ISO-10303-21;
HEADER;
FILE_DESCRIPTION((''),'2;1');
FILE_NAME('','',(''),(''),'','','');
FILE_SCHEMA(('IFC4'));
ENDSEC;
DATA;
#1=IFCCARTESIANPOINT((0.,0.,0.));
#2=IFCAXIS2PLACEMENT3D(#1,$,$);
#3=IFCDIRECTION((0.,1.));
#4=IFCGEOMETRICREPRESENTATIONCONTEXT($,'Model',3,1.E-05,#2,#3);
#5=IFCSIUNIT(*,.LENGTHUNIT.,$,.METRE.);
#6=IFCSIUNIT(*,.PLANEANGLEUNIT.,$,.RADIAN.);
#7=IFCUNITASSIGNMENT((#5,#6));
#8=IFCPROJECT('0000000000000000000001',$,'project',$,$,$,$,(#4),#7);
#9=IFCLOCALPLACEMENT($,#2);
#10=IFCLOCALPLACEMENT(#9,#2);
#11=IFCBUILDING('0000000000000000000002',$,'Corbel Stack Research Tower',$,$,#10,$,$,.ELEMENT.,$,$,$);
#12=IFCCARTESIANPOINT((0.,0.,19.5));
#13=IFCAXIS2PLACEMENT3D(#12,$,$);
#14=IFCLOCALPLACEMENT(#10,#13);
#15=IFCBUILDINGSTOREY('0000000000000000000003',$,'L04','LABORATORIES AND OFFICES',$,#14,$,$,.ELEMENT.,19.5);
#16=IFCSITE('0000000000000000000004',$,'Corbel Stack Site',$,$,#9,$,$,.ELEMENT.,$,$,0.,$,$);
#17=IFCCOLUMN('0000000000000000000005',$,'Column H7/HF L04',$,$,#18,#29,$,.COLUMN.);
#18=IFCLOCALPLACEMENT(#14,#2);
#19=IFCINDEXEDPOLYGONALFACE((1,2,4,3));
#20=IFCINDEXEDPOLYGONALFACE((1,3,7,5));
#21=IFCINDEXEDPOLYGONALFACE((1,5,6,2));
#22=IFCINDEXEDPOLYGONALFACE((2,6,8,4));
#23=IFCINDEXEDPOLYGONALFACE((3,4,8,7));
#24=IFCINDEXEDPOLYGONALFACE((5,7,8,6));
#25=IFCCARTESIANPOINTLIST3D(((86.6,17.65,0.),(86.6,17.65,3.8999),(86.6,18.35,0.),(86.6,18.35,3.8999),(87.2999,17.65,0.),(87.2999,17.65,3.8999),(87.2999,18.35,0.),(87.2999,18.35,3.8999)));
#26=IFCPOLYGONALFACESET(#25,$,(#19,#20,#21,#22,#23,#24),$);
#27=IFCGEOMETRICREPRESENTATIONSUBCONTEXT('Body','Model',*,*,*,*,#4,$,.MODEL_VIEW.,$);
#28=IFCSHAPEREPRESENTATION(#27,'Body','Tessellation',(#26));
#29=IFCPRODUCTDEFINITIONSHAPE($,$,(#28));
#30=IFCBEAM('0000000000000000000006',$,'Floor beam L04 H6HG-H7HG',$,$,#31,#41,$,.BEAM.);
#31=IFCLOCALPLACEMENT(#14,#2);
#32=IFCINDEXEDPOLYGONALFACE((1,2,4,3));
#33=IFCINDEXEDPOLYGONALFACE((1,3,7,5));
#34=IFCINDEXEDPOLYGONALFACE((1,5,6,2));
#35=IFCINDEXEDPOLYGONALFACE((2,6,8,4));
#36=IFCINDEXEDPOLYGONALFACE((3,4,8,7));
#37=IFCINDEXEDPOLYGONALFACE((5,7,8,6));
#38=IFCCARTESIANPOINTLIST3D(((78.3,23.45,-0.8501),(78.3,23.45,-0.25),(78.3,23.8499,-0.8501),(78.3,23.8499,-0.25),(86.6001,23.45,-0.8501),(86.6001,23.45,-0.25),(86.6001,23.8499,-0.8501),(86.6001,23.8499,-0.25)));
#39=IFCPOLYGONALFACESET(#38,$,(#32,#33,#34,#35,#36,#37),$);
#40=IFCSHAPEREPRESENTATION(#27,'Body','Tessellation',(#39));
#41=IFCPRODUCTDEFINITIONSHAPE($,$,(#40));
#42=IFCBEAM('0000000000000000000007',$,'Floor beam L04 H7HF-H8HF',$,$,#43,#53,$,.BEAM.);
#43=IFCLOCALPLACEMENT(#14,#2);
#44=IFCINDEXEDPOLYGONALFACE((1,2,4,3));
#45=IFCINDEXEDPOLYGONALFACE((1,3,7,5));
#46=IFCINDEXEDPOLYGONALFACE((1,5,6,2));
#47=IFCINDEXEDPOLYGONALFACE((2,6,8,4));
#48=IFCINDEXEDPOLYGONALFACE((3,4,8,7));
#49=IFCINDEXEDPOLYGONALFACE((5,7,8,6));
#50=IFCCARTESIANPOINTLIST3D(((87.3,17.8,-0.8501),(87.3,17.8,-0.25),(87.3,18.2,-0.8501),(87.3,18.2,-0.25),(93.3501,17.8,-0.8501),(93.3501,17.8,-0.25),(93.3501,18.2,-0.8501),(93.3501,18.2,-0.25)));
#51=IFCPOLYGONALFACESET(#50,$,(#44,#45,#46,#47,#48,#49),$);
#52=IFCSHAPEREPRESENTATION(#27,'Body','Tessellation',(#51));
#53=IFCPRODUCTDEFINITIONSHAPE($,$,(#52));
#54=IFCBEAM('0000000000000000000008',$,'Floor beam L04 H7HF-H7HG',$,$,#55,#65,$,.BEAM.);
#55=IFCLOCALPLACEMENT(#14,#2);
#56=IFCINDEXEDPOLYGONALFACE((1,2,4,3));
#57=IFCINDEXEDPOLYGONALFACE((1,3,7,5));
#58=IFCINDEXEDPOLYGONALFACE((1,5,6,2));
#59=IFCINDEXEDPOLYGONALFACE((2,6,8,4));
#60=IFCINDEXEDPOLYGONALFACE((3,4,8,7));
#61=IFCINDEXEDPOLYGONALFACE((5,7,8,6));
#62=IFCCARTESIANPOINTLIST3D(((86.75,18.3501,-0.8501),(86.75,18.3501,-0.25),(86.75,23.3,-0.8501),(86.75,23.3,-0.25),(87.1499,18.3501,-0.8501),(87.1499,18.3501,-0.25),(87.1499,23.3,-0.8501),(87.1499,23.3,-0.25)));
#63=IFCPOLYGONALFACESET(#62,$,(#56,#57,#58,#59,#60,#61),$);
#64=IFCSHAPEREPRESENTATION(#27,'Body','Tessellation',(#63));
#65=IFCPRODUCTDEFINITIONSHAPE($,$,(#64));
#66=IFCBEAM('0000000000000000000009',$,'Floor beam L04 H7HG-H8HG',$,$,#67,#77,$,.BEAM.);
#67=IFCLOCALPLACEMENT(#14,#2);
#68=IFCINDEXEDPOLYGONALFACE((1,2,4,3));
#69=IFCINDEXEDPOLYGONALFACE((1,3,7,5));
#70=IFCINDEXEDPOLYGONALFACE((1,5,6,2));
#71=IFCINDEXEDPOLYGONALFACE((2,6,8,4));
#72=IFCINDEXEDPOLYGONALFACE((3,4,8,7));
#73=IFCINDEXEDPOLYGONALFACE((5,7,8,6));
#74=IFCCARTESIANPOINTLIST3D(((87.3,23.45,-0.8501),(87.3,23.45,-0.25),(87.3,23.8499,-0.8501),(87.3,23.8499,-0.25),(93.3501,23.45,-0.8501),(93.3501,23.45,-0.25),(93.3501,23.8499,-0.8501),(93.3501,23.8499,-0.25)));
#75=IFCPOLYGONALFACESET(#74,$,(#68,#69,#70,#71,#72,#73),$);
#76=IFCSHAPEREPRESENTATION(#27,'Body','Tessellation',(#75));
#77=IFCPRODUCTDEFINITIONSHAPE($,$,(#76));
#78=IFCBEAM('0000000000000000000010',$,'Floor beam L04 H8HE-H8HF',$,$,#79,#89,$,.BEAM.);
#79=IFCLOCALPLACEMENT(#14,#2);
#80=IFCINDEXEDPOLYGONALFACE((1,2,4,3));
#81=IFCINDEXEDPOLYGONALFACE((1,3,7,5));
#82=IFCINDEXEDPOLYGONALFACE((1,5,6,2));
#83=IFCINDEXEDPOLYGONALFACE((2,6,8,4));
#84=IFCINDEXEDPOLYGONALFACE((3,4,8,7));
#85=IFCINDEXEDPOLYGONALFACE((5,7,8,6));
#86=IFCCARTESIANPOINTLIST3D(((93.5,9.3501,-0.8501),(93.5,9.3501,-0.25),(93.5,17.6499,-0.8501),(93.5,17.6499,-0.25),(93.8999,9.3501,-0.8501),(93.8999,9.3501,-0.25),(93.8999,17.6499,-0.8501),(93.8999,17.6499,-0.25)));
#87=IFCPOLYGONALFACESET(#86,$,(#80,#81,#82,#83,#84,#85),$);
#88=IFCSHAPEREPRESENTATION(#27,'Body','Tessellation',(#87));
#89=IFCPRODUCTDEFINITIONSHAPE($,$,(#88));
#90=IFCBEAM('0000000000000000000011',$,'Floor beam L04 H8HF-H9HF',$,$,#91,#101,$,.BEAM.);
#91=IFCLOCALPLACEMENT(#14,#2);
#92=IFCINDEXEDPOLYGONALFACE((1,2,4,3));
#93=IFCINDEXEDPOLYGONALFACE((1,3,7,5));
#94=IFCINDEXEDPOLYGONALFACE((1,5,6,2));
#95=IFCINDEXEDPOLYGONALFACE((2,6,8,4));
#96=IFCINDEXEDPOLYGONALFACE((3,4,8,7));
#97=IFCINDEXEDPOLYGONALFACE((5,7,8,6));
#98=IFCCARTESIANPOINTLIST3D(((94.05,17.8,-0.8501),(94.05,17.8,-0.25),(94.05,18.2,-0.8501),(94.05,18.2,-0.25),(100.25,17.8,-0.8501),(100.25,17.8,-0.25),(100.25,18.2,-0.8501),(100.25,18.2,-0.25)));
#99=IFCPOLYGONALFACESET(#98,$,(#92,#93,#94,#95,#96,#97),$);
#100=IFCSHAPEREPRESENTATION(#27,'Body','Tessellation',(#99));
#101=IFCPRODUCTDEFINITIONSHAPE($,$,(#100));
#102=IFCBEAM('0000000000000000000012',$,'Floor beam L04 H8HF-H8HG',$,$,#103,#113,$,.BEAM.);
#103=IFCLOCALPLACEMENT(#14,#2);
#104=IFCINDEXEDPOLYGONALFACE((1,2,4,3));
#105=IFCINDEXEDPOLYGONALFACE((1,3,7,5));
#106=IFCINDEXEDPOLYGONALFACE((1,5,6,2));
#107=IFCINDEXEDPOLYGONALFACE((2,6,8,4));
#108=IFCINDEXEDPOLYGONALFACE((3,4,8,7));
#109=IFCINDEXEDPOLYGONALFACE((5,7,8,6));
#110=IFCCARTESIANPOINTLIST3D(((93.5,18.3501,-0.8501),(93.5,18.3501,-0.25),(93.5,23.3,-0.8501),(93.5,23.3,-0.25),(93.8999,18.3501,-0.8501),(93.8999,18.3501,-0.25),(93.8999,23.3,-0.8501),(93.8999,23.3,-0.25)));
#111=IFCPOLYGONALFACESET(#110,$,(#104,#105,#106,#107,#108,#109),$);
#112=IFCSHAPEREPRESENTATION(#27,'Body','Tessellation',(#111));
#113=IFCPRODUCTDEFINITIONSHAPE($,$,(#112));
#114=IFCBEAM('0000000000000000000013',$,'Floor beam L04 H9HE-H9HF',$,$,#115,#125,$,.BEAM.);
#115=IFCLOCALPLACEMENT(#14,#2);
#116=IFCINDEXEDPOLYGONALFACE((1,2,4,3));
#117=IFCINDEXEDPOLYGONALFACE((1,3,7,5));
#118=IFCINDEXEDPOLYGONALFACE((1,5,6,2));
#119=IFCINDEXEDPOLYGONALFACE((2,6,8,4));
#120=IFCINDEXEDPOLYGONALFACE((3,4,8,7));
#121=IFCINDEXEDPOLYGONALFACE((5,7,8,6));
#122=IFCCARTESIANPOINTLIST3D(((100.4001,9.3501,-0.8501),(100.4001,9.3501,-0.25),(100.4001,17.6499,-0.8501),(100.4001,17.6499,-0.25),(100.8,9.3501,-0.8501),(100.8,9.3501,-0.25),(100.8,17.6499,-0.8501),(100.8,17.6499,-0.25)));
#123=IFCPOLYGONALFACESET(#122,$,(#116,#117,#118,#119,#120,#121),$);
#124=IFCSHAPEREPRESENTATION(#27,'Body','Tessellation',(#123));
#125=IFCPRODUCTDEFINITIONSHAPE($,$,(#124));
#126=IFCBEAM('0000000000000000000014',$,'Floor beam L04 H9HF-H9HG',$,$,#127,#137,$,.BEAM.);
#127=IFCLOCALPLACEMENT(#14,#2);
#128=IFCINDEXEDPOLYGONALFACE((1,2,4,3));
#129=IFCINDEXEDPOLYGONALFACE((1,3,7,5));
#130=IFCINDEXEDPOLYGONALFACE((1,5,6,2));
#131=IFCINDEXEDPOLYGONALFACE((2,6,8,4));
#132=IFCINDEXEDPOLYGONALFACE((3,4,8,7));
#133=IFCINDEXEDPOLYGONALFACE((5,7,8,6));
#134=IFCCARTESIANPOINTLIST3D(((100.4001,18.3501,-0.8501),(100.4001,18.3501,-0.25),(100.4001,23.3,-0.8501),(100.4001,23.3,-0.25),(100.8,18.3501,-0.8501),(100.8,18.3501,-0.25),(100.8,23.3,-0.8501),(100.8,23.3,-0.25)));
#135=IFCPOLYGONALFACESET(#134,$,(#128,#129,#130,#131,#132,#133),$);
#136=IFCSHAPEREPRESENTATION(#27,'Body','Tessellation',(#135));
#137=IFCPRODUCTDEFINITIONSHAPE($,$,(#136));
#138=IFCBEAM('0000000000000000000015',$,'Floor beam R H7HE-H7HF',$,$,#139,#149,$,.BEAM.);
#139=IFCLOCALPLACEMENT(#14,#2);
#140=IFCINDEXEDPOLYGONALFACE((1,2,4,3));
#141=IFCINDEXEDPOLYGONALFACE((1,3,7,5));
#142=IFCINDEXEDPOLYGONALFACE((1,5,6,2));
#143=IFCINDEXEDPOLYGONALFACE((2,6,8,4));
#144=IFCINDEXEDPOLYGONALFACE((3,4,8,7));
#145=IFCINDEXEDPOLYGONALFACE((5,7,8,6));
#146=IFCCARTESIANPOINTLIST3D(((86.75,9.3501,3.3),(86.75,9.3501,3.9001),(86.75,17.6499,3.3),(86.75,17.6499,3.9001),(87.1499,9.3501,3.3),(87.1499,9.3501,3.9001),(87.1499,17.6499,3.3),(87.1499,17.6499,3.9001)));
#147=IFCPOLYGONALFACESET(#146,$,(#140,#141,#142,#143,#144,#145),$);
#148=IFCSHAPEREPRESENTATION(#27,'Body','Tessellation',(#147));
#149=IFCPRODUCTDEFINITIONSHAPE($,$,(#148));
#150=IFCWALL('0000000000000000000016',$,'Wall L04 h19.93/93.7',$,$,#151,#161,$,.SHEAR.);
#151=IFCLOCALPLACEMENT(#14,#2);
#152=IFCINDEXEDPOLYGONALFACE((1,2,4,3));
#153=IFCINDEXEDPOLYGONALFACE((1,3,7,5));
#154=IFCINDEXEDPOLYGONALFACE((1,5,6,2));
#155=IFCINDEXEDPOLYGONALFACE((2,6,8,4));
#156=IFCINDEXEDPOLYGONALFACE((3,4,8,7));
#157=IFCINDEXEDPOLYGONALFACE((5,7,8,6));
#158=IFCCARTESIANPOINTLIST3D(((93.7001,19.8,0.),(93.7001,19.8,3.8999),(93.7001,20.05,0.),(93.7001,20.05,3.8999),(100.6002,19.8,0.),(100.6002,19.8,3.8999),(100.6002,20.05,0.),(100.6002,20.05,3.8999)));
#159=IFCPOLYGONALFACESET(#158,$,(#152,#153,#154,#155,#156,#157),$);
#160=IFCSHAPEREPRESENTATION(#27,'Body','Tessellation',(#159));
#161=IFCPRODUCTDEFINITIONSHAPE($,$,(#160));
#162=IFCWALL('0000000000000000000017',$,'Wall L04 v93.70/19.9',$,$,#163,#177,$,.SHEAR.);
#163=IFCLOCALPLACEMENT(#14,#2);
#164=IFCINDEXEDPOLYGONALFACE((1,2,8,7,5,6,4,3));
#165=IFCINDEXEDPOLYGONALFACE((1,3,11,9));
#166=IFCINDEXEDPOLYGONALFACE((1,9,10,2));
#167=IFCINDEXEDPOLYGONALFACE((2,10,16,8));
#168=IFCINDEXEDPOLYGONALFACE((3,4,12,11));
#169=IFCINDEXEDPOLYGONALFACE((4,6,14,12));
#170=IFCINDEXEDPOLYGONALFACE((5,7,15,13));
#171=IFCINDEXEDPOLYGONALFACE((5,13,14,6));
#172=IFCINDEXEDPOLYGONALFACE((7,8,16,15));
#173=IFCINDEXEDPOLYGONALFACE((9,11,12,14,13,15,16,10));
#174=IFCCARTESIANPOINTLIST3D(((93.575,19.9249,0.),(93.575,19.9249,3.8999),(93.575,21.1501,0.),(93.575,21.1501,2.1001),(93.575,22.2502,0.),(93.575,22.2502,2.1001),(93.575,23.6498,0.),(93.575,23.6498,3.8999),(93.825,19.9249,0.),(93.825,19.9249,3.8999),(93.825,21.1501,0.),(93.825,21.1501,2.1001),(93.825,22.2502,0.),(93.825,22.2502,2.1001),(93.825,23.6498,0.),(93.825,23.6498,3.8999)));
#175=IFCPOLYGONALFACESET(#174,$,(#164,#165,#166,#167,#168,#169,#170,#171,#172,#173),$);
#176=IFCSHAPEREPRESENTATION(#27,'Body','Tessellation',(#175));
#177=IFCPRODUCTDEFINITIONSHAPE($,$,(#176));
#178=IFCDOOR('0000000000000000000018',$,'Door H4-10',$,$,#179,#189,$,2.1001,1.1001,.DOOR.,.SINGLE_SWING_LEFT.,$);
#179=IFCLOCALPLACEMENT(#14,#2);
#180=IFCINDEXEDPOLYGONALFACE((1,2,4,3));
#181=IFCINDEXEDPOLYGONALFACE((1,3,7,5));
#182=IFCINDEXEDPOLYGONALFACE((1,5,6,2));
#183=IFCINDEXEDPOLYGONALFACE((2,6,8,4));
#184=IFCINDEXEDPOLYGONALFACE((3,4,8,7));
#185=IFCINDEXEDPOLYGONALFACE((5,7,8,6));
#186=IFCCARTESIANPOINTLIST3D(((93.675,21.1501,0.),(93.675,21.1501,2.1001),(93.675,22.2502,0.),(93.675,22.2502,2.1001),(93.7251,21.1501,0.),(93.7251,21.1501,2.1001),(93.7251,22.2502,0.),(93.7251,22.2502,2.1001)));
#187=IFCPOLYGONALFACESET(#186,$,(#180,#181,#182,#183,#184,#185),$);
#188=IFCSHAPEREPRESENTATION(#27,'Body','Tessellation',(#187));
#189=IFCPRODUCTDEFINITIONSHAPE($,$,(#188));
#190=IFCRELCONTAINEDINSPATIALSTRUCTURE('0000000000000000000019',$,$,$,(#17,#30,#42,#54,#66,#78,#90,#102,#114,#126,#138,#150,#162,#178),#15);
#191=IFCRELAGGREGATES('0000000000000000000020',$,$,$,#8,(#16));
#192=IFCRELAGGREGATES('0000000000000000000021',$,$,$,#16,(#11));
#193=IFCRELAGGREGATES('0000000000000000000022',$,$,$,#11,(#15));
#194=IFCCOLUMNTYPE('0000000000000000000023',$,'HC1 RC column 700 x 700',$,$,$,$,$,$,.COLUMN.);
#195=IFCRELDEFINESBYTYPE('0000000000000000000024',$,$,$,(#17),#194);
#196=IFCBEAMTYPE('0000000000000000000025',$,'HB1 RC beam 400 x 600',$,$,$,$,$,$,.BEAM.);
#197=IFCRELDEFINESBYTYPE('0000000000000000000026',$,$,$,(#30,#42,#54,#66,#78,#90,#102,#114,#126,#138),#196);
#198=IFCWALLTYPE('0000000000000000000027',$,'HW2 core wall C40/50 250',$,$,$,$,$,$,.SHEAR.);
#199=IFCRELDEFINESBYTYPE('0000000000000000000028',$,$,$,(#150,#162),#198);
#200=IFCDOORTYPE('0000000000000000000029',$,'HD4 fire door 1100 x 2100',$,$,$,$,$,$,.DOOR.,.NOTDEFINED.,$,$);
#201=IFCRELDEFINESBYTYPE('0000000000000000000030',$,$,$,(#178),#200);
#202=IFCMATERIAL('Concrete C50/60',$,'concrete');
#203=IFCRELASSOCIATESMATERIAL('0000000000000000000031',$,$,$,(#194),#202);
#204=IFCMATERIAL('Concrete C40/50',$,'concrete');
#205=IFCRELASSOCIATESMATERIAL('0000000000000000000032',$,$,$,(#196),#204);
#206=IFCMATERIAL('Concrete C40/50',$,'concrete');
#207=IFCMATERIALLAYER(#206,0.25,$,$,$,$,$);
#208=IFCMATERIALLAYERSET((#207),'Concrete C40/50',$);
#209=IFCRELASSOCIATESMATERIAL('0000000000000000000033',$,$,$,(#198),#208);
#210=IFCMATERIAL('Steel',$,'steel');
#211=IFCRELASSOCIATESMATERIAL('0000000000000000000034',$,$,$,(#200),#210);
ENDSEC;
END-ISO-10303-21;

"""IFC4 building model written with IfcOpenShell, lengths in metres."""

from ifc_helpers import new_model, si_unit, direction, frame, frame_2d, origin, origin_2d, place, context, subcontext, project, spatial, rectangle, extrude, material, layer, layer_set, material_profile, profile_set, type_object, element, fill, save


model = new_model("IFC4")

# Units and contexts
model_context = context("Model", 3, precision=1e-05, world=origin(), true_north=direction((0.0, 1.0)))
body_context = subcontext(model_context, "Body", "Model", "MODEL_VIEW")
ifc_project = project(units=[si_unit("LENGTHUNIT", "METRE"), si_unit("PLANEANGLEUNIT", "RADIAN")], contexts=[model_context])

# Site, building, storey
site_placement = place(None, origin())
site = spatial("IfcSite", under=ifc_project, at=site_placement, Name="Corbel Stack Site", CompositionType="ELEMENT", RefElevation=0.0)
building_placement = place(site_placement, origin())
building = spatial("IfcBuilding", under=site, at=building_placement, Name="Corbel Stack Research Tower", CompositionType="ELEMENT")
storey_placement = place(building_placement, frame((0.0, 0.0, 19.5)))
storey = spatial("IfcBuildingStorey", under=building, at=storey_placement, Name="L04", Description="LABORATORIES AND OFFICES", CompositionType="ELEMENT", Elevation=19.5)

# Column
ifc_material_1 = material(Name="Concrete C50/60", Category="concrete")
ifc_material_profile_1 = material_profile(ifc_material_1, rectangle(XDim=0.7, YDim=0.7, at=origin_2d()), Name="RC 700 x 700")
ifc_profile_set_1 = profile_set([ifc_material_profile_1], Name="Concrete C50/60")
column_type = type_object("IfcColumnType", Name="HC1 RC column 700 x 700", PredefinedType="COLUMN", material=ifc_profile_set_1)
column_placement = place(storey_placement, frame((86.95, 18.0, 0.0), z_axis=(0.0, 0.0, 1.0), x_axis=(1.0, 0.0, 0.0)))
element("IfcColumn", 1, at=column_placement, inside=storey, type_object=column_type, Name="Column H7/HF L04", PredefinedType="COLUMN", context=body_context, shape_type="SweptSolid", body=[
    extrude(rectangle(XDim=0.7, YDim=0.7, at=origin_2d()), origin(), (0.0, 0.0, 1.0), 3.8999),
])

# Beams
ifc_material_2 = material(Name="Concrete C40/50", Category="concrete")
ifc_material_profile_2 = material_profile(ifc_material_2, rectangle(XDim=0.3999, YDim=0.6001, at=origin_2d()), Name="RC 400 x 600")
ifc_profile_set_2 = profile_set([ifc_material_profile_2], Name="Concrete C40/50")
beam_type = type_object("IfcBeamType", Name="HB1 RC beam 400 x 600", PredefinedType="BEAM", material=ifc_profile_set_2)
beam_1_placement = place(storey_placement, frame((78.3, 23.6499, -0.55), z_axis=(1.0, 0.0, 0.0), x_axis=(0.0, 1.0, 0.0)))
element("IfcBeam", 2, at=beam_1_placement, inside=storey, type_object=beam_type, Name="Floor beam L04 H6HG-H7HG", PredefinedType="BEAM", context=body_context, shape_type="SweptSolid", body=[
    extrude(rectangle(XDim=0.3999, YDim=0.6001, at=origin_2d()), origin(), (0.0, 0.0, 1.0), 8.3),
])
beam_2_placement = place(storey_placement, frame((87.3, 18.0, -0.55), z_axis=(1.0, 0.0, 0.0), x_axis=(0.0, 1.0, 0.0)))
element("IfcBeam", 3, at=beam_2_placement, inside=storey, type_object=beam_type, Name="Floor beam L04 H7HF-H8HF", PredefinedType="BEAM", context=body_context, shape_type="SweptSolid", body=[
    extrude(rectangle(XDim=0.3999, YDim=0.6001, at=origin_2d()), origin(), (0.0, 0.0, 1.0), 6.05),
])
beam_3_placement = place(storey_placement, frame((86.95, 18.3501, -0.55), z_axis=(0.0, 1.0, 0.0), x_axis=(-1.0, 0.0, 0.0)))
element("IfcBeam", 4, at=beam_3_placement, inside=storey, type_object=beam_type, Name="Floor beam L04 H7HF-H7HG", PredefinedType="BEAM", context=body_context, shape_type="SweptSolid", body=[
    extrude(rectangle(XDim=0.3999, YDim=0.6001, at=origin_2d()), origin(), (0.0, 0.0, 1.0), 4.95),
])
beam_4_placement = place(storey_placement, frame((87.3, 23.6499, -0.55), z_axis=(1.0, 0.0, 0.0), x_axis=(0.0, 1.0, 0.0)))
element("IfcBeam", 5, at=beam_4_placement, inside=storey, type_object=beam_type, Name="Floor beam L04 H7HG-H8HG", PredefinedType="BEAM", context=body_context, shape_type="SweptSolid", body=[
    extrude(rectangle(XDim=0.3999, YDim=0.6001, at=origin_2d()), origin(), (0.0, 0.0, 1.0), 6.05),
])
beam_5_placement = place(storey_placement, frame((93.7, 9.3501, -0.55), z_axis=(0.0, 1.0, 0.0), x_axis=(-1.0, 0.0, 0.0)))
element("IfcBeam", 6, at=beam_5_placement, inside=storey, type_object=beam_type, Name="Floor beam L04 H8HE-H8HF", PredefinedType="BEAM", context=body_context, shape_type="SweptSolid", body=[
    extrude(rectangle(XDim=0.3999, YDim=0.6001, at=origin_2d()), origin(), (0.0, 0.0, 1.0), 8.2998),
])
beam_6_placement = place(storey_placement, frame((94.05, 18.0, -0.55), z_axis=(1.0, 0.0, 0.0), x_axis=(0.0, 1.0, 0.0)))
element("IfcBeam", 7, at=beam_6_placement, inside=storey, type_object=beam_type, Name="Floor beam L04 H8HF-H9HF", PredefinedType="BEAM", context=body_context, shape_type="SweptSolid", body=[
    extrude(rectangle(XDim=0.3999, YDim=0.6001, at=origin_2d()), origin(), (0.0, 0.0, 1.0), 6.2),
])
beam_7_placement = place(storey_placement, frame((93.7, 18.3501, -0.55), z_axis=(0.0, 1.0, 0.0), x_axis=(-1.0, 0.0, 0.0)))
element("IfcBeam", 8, at=beam_7_placement, inside=storey, type_object=beam_type, Name="Floor beam L04 H8HF-H8HG", PredefinedType="BEAM", context=body_context, shape_type="SweptSolid", body=[
    extrude(rectangle(XDim=0.3999, YDim=0.6001, at=origin_2d()), origin(), (0.0, 0.0, 1.0), 4.95),
])
beam_8_placement = place(storey_placement, frame((100.6001, 9.3501, -0.55), z_axis=(0.0, 1.0, 0.0), x_axis=(-1.0, 0.0, 0.0)))
element("IfcBeam", 9, at=beam_8_placement, inside=storey, type_object=beam_type, Name="Floor beam L04 H9HE-H9HF", PredefinedType="BEAM", context=body_context, shape_type="SweptSolid", body=[
    extrude(rectangle(XDim=0.3999, YDim=0.6001, at=origin_2d()), origin(), (0.0, 0.0, 1.0), 8.2998),
])
beam_9_placement = place(storey_placement, frame((100.6001, 18.3501, -0.55), z_axis=(0.0, 1.0, 0.0), x_axis=(-1.0, 0.0, 0.0)))
element("IfcBeam", 10, at=beam_9_placement, inside=storey, type_object=beam_type, Name="Floor beam L04 H9HF-H9HG", PredefinedType="BEAM", context=body_context, shape_type="SweptSolid", body=[
    extrude(rectangle(XDim=0.3999, YDim=0.6001, at=origin_2d()), origin(), (0.0, 0.0, 1.0), 4.95),
])
beam_10_placement = place(storey_placement, frame((86.95, 9.3501, 3.6001), z_axis=(0.0, 1.0, 0.0), x_axis=(-1.0, 0.0, 0.0)))
element("IfcBeam", 11, at=beam_10_placement, inside=storey, type_object=beam_type, Name="Floor beam R H7HE-H7HF", PredefinedType="BEAM", context=body_context, shape_type="SweptSolid", body=[
    extrude(rectangle(XDim=0.3999, YDim=0.6001, at=origin_2d()), origin(), (0.0, 0.0, 1.0), 8.2998),
])

# Wall
ifc_material_3 = material(Name="Concrete C40/50", Category="concrete")
ifc_layer_1 = layer(ifc_material_3, 0.25)
ifc_layer_set_1 = layer_set([ifc_layer_1], Name="Concrete C40/50")
wall_type_1 = type_object("IfcWallType", Name="HW2 core wall C40/50 250", PredefinedType="SHEAR", material=ifc_layer_set_1)
wall_1_placement = place(storey_placement, frame((93.7, 19.925, 0.0), z_axis=(0.0, 0.0, 1.0), x_axis=(1.0, 0.0, 0.0)))
element("IfcWall", 12, at=wall_1_placement, inside=storey, type_object=wall_type_1, Name="Wall L04 h19.93/93.7", PredefinedType="SHEAR", context=body_context, shape_type="SweptSolid", body=[
    extrude(rectangle(XDim=6.9001, YDim=0.25, at=frame_2d((3.4502, 0.0))), origin(), (0.0, 0.0, 1.0), 3.8999),
])

# Wall, opening, door
wall_2_placement = place(storey_placement, frame((93.7, 19.925, 0.0), z_axis=(0.0, 0.0, 1.0), x_axis=(0.0, 1.0, 0.0)))
wall_2 = element("IfcWall", 13, at=wall_2_placement, inside=storey, type_object=wall_type_1, Name="Wall L04 v93.70/19.9", PredefinedType="SHEAR", context=body_context, shape_type="SweptSolid", body=[
    extrude(rectangle(XDim=3.7249, YDim=0.25, at=frame_2d((1.8623, 0.0))), origin(), (0.0, 0.0, 1.0), 3.8999),
])
opening_1_placement = place(wall_2_placement, frame((1.2251, 0.0, 0.0)))
opening_1 = element("IfcOpeningElement", 14, at=opening_1_placement, cuts=wall_2, PredefinedType="OPENING", context=body_context, shape_type="SweptSolid", body=[
    extrude(rectangle(XDim=1.1001, YDim=2.1001, at=frame_2d((0.55, 1.05))), frame((0.0, 0.135, 0.0), z_axis=(0.0, -1.0, 0.0), x_axis=(1.0, 0.0, 0.0)), (0.0, 0.0, 1.0), 0.27),
])
ifc_material_4 = material(Name="Steel", Category="steel")
door_type_1 = type_object("IfcDoorType", Name="HD4 fire door 1100 x 2100", OperationType="NOTDEFINED", PredefinedType="DOOR", material=ifc_material_4)
door_1_placement = place(opening_1_placement, origin())
door_1 = element("IfcDoor", 15, at=door_1_placement, inside=storey, type_object=door_type_1, Name="Door H4-10", OperationType="SINGLE_SWING_LEFT", OverallHeight=2.1001, OverallWidth=1.1001, PredefinedType="DOOR", context=body_context, shape_type="SweptSolid", body=[
    extrude(rectangle(XDim=1.1001, YDim=2.1001, at=frame_2d((0.55, 1.05))), frame((0.0, 0.0249, 0.0), z_axis=(0.0, -1.0, 0.0), x_axis=(1.0, 0.0, 0.0)), (0.0, 0.0, 1.0), 0.05),
])
fill(opening_1, door_1)

save(model, "model.ifc")
